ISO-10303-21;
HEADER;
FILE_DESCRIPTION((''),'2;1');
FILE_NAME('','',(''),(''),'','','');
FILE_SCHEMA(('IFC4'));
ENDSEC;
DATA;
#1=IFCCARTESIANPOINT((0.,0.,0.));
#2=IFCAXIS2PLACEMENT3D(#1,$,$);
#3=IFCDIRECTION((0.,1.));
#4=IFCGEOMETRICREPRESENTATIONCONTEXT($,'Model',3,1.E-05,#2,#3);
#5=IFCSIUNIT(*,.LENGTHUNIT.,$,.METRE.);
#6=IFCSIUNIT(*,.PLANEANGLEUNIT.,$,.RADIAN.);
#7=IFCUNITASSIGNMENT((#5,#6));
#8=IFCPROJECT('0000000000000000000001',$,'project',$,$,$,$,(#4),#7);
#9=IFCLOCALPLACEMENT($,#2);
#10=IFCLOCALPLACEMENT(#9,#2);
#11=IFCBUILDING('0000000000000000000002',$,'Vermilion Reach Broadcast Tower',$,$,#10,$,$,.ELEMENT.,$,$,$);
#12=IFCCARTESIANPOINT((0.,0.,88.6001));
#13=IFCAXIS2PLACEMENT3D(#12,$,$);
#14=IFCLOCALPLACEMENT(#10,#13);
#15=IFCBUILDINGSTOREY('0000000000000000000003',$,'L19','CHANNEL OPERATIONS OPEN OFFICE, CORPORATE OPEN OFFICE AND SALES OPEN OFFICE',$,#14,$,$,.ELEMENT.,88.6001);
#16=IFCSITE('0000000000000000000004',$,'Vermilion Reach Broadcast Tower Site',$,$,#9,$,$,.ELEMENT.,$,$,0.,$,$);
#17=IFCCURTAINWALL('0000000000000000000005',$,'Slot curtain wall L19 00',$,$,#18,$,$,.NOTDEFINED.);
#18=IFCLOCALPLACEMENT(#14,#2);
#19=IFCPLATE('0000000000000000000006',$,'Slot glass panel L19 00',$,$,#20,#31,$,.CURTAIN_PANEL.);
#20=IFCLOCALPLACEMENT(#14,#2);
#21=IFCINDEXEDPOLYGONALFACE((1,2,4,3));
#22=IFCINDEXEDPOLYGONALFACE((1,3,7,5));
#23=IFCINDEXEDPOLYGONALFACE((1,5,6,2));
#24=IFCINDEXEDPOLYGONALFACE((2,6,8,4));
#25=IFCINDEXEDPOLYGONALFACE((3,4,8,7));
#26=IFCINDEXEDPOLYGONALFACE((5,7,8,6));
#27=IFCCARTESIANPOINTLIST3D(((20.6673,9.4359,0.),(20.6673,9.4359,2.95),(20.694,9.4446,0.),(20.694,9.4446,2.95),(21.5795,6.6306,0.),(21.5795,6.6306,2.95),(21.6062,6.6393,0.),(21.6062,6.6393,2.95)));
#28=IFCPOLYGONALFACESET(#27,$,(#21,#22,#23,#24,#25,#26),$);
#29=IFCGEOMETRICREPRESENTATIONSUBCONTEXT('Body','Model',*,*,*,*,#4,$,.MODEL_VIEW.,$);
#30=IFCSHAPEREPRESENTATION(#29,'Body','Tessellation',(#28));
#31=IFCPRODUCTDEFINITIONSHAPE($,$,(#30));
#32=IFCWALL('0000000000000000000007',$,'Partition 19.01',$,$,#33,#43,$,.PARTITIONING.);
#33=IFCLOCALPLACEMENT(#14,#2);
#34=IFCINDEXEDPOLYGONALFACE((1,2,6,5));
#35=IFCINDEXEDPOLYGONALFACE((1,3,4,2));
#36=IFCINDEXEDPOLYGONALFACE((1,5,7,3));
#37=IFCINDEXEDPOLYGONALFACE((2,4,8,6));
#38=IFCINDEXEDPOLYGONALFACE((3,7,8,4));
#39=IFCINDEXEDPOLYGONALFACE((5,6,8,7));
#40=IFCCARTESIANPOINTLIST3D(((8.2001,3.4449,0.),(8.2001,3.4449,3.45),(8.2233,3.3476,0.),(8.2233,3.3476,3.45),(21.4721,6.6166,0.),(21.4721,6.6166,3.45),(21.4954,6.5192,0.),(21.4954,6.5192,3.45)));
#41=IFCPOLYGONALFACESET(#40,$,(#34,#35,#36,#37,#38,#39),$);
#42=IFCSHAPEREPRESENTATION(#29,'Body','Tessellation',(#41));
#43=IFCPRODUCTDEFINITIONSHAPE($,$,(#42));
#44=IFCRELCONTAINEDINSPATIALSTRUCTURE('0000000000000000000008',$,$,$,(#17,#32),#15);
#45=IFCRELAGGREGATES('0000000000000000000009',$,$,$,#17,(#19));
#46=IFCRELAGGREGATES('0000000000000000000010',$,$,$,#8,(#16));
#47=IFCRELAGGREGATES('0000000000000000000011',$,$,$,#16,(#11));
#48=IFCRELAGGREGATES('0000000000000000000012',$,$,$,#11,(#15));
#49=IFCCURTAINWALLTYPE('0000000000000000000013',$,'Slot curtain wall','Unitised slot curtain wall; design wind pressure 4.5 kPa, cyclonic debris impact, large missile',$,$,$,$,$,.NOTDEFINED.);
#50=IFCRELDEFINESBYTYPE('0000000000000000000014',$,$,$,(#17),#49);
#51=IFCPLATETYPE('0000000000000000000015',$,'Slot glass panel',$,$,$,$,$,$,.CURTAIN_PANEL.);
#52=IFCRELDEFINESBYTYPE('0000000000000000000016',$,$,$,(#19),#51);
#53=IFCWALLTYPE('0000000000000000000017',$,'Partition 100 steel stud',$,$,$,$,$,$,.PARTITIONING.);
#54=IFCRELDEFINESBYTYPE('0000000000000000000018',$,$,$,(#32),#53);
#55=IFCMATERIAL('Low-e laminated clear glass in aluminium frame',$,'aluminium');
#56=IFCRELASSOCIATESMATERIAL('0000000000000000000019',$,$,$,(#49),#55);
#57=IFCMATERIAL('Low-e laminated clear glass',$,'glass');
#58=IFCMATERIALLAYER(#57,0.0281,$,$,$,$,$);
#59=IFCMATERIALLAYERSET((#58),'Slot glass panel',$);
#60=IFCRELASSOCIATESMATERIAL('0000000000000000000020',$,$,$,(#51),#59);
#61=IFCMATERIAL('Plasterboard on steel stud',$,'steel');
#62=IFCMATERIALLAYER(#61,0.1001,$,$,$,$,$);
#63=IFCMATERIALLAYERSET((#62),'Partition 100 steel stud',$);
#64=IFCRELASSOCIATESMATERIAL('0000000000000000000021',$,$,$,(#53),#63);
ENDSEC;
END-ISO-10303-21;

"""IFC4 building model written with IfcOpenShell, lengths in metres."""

from ifc_helpers import new_model, si_unit, direction, frame, frame_2d, origin, origin_2d, place, context, subcontext, project, spatial, rectangle, extrude, material, layer, layer_set, type_object, element, aggregate, save


model = new_model("IFC4")

# Units and contexts
model_context = context("Model", 3, precision=1e-05, world=origin(), true_north=direction((0.0, 1.0)))
body_context = subcontext(model_context, "Body", "Model", "MODEL_VIEW")
ifc_project = project(units=[si_unit("LENGTHUNIT", "METRE"), si_unit("PLANEANGLEUNIT", "RADIAN")], contexts=[model_context])

# Site, building, storey
site_placement = place(None, origin())
site = spatial("IfcSite", under=ifc_project, at=site_placement, Name="Vermilion Reach Broadcast Tower Site", CompositionType="ELEMENT", RefElevation=0.0)
building_placement = place(site_placement, origin())
building = spatial("IfcBuilding", under=site, at=building_placement, Name="Vermilion Reach Broadcast Tower", CompositionType="ELEMENT")
storey_placement = place(building_placement, frame((0.0, 0.0, 88.6001)))
storey = spatial("IfcBuildingStorey", under=building, at=storey_placement, Name="L19", Description="CHANNEL OPERATIONS OPEN OFFICE, CORPORATE OPEN OFFICE AND SALES OPEN OFFICE", CompositionType="ELEMENT", Elevation=88.6001)

# Curtain wall
ifc_material_1 = material(Name="Low-e laminated clear glass in aluminium frame", Category="aluminium")
curtain_wall_type = type_object("IfcCurtainWallType", Name="Slot curtain wall", Description="Unitised slot curtain wall; design wind pressure 4.5 kPa, cyclonic debris impact, large missile", PredefinedType="NOTDEFINED", material=ifc_material_1)
placement = place(storey_placement, origin())
curtain_wall_1 = element("IfcCurtainWall", 1, at=placement, inside=storey, type_object=curtain_wall_type, Name="Slot curtain wall L19 00", PredefinedType="NOTDEFINED")

# Plate
ifc_material_2 = material(Name="Low-e laminated clear glass", Category="glass")
ifc_layer_1 = layer(ifc_material_2, 0.0281)
ifc_layer_set_1 = layer_set([ifc_layer_1], Name="Slot glass panel")
plate_type = type_object("IfcPlateType", Name="Slot glass panel", PredefinedType="CURTAIN_PANEL", material=ifc_layer_set_1)
plate_1_placement = place(storey_placement, frame((21.1367, 8.0376, 0.0), z_axis=(0.0, 0.0, 1.0), x_axis=(-0.309237, 0.950985, 0.0)))
plate_1 = element("IfcPlate", 2, at=plate_1_placement, type_object=plate_type, Name="Slot glass panel L19 00", PredefinedType="CURTAIN_PANEL", context=body_context, shape_type="SweptSolid", body=[
    extrude(rectangle(XDim=2.95, YDim=0.0281, at=origin_2d()), origin(), (0.0, 0.0, 1.0), 2.95),
])
aggregate(curtain_wall_1, [plate_1])

# Wall
ifc_material_3 = material(Name="Plasterboard on steel stud", Category="steel")
ifc_layer_2 = layer(ifc_material_3, 0.1001)
ifc_layer_set_2 = layer_set([ifc_layer_2], Name="Partition 100 steel stud")
wall_type = type_object("IfcWallType", Name="Partition 100 steel stud", PredefinedType="PARTITIONING", material=ifc_layer_set_2)
wall_placement = place(storey_placement, frame((21.4836, 6.5679, 0.0), z_axis=(0.0, 0.0, 1.0), x_axis=(-0.972614, -0.232428, 0.0)))
element("IfcWall", 3, at=wall_placement, inside=storey, type_object=wall_type, Name="Partition 19.01", PredefinedType="PARTITIONING", context=body_context, shape_type="SweptSolid", body=[
    extrude(rectangle(XDim=13.6458, YDim=0.1001, at=frame_2d((6.8228, 0.0))), origin(), (0.0, 0.0, 1.0), 3.45),
])

save(model, "model.ifc")
